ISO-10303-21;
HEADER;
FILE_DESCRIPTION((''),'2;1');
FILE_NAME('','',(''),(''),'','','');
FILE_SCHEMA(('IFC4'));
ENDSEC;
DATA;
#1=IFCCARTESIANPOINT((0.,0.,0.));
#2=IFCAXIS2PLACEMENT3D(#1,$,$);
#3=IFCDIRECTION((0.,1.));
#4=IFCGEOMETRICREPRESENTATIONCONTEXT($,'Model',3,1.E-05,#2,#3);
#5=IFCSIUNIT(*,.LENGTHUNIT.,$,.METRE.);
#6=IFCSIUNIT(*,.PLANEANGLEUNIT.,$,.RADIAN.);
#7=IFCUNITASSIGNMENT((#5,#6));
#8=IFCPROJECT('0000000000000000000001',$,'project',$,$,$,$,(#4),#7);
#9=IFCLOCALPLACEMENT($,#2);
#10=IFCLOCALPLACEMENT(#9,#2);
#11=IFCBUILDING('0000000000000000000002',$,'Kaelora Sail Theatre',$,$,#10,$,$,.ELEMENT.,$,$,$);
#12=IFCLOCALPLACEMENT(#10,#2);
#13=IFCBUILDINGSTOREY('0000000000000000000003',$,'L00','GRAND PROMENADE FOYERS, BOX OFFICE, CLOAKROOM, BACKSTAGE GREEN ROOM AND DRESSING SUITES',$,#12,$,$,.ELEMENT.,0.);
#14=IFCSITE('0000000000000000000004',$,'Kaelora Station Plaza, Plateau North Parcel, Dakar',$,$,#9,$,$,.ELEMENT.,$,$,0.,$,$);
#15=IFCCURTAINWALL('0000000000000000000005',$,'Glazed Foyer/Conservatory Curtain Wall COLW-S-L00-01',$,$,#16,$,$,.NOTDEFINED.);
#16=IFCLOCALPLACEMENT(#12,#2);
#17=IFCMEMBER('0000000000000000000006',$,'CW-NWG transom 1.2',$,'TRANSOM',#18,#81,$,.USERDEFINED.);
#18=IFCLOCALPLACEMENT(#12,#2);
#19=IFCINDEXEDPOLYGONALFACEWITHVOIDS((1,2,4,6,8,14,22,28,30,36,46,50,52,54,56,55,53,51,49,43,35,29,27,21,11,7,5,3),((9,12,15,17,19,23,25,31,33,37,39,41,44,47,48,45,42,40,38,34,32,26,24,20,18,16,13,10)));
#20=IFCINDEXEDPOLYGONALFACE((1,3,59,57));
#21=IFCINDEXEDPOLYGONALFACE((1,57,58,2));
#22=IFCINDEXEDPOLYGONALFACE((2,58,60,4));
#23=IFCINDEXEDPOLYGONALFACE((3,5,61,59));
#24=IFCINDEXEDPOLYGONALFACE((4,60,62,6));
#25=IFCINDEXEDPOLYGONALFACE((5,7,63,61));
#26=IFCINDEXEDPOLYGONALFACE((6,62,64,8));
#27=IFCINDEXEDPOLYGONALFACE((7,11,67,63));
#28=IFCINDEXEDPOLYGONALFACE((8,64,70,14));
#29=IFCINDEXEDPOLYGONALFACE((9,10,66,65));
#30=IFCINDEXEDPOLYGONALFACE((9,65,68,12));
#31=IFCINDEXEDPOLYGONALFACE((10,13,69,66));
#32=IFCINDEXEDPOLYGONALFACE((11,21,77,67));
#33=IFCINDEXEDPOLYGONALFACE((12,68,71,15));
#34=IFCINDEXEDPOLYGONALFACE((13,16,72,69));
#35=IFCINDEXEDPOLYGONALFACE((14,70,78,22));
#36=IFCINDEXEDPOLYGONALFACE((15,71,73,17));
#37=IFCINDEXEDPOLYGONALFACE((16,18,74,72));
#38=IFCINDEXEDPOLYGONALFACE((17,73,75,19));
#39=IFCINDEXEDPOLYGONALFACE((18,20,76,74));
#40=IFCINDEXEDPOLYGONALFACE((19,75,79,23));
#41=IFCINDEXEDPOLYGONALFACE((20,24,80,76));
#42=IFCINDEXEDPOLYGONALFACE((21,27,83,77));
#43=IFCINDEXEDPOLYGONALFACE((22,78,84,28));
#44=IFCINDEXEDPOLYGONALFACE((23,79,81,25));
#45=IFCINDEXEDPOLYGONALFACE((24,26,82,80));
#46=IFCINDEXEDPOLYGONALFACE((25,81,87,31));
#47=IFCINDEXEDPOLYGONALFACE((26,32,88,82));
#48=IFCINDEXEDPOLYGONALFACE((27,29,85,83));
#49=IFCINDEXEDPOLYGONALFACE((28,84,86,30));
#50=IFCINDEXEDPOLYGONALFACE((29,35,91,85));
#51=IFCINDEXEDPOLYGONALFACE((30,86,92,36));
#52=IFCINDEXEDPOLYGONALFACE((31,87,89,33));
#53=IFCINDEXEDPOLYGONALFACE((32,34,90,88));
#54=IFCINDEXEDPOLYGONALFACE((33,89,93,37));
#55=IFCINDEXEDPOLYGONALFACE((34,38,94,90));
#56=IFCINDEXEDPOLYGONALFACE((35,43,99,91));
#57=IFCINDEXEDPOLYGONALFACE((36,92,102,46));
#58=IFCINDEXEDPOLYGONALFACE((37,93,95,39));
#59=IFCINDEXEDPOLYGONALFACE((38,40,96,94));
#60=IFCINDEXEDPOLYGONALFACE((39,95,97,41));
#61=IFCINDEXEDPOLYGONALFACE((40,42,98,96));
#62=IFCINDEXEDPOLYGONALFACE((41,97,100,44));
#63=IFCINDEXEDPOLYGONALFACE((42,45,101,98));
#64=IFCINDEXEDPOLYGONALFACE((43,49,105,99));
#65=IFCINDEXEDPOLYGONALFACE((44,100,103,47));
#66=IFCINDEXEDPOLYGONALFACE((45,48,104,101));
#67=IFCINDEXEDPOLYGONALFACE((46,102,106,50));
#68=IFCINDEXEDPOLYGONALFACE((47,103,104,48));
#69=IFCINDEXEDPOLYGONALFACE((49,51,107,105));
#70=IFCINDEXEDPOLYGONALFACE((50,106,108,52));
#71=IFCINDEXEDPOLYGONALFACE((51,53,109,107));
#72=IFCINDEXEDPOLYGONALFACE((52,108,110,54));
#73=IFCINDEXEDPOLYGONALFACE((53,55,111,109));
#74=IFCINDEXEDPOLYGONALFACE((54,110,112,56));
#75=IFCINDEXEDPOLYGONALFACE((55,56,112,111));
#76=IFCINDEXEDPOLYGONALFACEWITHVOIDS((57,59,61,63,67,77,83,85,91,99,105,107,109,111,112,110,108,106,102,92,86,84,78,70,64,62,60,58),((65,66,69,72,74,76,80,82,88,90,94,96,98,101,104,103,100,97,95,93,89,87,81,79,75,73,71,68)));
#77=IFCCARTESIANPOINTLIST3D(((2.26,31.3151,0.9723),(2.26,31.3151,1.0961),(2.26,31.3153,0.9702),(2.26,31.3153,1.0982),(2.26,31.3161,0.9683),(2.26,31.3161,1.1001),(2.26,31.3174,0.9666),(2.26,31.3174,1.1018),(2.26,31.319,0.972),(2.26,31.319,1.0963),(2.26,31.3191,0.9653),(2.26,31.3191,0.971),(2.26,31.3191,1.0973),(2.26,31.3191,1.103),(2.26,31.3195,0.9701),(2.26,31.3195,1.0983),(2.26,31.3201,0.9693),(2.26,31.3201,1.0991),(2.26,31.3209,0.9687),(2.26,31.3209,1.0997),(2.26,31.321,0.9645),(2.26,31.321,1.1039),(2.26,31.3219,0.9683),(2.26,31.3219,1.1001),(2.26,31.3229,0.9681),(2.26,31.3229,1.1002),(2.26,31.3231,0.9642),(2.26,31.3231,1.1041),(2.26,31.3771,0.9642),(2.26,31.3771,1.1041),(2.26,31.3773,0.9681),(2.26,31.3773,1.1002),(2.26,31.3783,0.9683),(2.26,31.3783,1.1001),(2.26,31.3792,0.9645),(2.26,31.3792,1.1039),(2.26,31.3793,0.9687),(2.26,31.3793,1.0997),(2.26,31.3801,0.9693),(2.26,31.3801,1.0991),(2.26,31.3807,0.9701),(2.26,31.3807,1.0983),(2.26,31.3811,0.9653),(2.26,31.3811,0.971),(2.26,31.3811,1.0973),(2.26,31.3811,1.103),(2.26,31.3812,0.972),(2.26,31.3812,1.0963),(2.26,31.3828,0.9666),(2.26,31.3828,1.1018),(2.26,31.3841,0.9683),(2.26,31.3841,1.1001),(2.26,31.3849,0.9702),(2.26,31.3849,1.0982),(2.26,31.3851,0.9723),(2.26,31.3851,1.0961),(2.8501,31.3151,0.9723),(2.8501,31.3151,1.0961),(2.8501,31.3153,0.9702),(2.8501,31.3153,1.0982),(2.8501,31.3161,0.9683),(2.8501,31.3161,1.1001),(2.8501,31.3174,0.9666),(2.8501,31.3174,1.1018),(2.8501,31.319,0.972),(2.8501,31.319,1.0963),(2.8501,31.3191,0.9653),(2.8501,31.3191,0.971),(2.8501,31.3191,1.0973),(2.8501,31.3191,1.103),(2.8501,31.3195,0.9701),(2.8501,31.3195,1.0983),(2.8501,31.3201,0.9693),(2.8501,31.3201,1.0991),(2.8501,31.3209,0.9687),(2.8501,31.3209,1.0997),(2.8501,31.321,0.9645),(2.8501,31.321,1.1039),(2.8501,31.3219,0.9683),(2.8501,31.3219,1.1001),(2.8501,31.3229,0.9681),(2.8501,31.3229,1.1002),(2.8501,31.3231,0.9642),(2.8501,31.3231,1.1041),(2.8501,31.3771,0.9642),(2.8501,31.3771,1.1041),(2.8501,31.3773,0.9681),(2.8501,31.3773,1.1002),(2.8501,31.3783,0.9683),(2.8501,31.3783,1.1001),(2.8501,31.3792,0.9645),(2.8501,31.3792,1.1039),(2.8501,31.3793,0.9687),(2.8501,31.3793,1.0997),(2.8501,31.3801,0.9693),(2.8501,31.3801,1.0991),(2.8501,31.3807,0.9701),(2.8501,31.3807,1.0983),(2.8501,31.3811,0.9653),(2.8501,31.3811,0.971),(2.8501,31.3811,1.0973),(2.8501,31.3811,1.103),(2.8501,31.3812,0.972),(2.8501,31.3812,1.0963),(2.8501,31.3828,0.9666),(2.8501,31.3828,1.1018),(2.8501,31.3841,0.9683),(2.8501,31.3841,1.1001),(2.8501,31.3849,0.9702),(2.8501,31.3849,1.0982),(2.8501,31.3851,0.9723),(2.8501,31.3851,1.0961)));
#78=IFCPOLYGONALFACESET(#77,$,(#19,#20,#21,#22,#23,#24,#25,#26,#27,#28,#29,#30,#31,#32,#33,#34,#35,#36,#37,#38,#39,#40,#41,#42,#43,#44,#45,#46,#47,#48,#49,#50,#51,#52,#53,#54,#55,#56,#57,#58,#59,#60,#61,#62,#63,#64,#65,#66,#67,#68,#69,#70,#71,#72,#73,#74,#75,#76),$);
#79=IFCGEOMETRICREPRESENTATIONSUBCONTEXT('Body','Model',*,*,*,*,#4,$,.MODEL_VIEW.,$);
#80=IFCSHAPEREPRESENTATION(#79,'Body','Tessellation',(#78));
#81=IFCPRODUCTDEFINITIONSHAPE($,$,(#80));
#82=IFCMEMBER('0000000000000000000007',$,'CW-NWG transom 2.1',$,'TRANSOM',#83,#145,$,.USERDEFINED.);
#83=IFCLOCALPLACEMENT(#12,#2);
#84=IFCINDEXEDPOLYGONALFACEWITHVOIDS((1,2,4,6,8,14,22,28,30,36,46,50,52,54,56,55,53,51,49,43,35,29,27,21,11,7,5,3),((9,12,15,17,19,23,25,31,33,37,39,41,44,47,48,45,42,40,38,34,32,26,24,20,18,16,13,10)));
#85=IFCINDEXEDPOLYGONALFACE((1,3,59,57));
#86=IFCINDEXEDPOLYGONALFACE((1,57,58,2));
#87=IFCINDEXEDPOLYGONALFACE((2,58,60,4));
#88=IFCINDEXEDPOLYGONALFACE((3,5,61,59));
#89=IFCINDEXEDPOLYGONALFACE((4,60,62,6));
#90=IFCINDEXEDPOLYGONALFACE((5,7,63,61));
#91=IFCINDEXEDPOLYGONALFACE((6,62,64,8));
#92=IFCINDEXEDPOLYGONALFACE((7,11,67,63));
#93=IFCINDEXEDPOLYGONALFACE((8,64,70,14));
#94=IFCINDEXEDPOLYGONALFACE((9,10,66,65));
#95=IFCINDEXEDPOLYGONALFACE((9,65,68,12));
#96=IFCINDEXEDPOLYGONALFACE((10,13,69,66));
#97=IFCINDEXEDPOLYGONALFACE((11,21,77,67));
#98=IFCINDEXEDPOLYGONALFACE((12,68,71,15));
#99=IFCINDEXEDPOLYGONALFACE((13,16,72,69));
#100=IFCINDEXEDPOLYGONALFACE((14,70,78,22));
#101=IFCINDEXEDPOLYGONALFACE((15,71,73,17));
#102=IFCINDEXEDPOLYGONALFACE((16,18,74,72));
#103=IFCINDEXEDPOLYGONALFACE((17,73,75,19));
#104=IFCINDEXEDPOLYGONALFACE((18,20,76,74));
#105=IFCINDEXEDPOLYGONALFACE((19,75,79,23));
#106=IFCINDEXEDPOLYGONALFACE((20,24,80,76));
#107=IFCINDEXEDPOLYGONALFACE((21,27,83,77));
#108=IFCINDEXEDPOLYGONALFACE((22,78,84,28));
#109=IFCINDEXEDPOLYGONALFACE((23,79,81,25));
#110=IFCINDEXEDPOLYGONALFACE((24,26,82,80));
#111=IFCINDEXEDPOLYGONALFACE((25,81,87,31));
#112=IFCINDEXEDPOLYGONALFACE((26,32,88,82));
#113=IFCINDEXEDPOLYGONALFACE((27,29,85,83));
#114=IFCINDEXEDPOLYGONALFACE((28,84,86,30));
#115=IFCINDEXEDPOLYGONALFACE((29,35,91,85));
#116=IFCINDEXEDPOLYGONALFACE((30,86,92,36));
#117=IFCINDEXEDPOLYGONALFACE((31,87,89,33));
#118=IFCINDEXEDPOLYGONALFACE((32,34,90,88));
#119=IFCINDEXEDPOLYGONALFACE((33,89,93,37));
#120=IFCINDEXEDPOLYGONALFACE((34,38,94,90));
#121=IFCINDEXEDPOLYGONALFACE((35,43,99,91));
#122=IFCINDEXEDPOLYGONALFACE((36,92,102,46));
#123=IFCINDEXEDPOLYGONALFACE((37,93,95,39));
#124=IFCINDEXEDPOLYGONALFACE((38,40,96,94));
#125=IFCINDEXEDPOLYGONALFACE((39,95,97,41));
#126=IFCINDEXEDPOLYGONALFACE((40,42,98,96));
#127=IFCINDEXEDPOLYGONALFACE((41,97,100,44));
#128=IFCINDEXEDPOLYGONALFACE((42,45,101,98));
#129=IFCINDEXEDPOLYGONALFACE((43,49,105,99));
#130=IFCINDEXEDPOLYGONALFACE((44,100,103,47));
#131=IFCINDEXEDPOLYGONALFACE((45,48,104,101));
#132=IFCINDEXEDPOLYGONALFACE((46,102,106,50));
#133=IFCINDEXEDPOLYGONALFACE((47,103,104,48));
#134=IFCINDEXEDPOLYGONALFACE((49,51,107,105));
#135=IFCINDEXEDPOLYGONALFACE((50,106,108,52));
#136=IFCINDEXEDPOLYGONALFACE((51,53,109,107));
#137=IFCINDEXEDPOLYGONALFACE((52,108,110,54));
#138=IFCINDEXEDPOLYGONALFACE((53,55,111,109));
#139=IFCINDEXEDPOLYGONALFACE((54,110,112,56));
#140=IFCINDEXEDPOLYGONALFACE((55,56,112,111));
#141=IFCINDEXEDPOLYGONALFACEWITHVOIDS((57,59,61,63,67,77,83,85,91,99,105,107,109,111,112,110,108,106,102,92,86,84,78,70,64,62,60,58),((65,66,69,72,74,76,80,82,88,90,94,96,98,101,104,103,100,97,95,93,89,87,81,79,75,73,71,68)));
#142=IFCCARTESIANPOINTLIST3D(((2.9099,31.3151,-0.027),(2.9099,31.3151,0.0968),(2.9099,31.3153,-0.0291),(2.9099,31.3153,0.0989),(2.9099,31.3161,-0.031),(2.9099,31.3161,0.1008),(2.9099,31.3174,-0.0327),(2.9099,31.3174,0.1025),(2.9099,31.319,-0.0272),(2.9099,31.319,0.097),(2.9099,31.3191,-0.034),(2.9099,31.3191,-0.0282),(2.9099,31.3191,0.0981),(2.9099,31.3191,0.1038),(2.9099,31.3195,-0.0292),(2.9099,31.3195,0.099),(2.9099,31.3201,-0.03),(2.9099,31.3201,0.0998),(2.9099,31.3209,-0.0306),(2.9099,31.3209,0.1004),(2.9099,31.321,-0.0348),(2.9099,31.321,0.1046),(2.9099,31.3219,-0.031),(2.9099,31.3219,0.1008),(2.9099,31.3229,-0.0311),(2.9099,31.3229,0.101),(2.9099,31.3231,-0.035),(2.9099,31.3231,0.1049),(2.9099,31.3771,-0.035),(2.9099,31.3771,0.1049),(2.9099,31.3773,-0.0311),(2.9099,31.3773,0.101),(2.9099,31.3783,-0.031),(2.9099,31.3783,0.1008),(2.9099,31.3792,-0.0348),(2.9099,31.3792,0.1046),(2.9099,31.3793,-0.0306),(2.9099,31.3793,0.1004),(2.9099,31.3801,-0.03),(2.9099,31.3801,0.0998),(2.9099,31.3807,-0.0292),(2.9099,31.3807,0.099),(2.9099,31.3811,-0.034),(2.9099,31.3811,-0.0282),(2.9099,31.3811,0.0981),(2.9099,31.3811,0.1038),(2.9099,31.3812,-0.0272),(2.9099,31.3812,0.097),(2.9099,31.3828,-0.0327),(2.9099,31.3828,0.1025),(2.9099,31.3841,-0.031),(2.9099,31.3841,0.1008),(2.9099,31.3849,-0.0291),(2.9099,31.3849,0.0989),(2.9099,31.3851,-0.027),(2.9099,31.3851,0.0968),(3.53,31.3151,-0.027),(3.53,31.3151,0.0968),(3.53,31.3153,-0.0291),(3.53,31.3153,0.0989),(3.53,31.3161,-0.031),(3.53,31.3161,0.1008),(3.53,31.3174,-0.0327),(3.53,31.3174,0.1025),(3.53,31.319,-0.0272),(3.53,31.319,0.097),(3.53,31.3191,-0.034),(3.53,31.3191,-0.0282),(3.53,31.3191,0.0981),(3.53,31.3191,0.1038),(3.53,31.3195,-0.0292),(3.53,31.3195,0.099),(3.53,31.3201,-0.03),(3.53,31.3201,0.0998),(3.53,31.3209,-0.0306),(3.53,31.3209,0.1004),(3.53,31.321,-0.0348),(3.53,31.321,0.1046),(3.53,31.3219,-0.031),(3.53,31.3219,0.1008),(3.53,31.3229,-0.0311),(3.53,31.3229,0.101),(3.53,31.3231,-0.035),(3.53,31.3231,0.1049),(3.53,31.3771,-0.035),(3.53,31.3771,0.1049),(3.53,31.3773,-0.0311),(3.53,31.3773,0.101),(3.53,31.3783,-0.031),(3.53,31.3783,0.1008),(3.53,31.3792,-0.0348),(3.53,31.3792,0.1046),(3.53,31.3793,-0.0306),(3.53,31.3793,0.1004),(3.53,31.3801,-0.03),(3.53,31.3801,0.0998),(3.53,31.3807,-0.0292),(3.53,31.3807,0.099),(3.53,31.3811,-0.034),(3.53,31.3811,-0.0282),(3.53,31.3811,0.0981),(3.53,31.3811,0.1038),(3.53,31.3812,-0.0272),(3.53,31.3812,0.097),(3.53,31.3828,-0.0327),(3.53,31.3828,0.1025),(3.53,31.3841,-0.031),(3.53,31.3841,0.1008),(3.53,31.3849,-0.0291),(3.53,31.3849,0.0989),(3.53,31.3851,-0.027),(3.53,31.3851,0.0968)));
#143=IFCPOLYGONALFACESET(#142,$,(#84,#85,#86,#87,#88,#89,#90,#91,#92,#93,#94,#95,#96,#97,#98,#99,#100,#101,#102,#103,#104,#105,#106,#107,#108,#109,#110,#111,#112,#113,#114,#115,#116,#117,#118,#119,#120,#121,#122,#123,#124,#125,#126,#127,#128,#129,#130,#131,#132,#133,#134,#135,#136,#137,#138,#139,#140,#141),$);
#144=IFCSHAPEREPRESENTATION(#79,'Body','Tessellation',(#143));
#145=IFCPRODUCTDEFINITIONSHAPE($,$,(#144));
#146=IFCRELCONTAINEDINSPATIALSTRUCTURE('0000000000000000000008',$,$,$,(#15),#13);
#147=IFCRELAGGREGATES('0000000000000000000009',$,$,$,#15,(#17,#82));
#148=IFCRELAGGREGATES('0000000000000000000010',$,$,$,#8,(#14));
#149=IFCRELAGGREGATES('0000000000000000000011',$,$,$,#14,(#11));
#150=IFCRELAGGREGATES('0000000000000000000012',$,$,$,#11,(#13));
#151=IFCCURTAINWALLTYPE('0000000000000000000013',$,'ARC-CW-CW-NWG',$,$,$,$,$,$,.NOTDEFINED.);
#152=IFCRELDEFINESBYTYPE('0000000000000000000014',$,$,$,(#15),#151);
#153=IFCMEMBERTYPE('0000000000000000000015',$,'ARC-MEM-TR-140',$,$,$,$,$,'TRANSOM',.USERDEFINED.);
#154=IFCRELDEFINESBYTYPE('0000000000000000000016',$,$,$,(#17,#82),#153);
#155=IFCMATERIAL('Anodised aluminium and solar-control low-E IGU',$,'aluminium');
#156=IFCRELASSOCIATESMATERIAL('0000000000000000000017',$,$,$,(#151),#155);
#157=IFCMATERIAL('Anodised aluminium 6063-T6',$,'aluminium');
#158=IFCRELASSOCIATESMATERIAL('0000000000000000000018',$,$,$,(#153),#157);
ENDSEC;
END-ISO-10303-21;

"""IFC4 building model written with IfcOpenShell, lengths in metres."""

from ifc_helpers import new_model, si_unit, direction, frame, origin, origin_2d, place, context, subcontext, project, spatial, hollow_rectangle, extrude, material, material_profile, profile_set, type_object, element, aggregate, save


model = new_model("IFC4")

# Units and contexts
model_context = context("Model", 3, precision=1e-05, world=origin(), true_north=direction((0.0, 1.0)))
body_context = subcontext(model_context, "Body", "Model", "MODEL_VIEW")
ifc_project = project(units=[si_unit("LENGTHUNIT", "METRE"), si_unit("PLANEANGLEUNIT", "RADIAN")], contexts=[model_context])

# Site, building, storey
site_placement = place(None, origin())
site = spatial("IfcSite", under=ifc_project, at=site_placement, Name="Kaelora Station Plaza, Plateau North Parcel, Dakar", CompositionType="ELEMENT", RefElevation=0.0)
building_placement = place(site_placement, origin())
building = spatial("IfcBuilding", under=site, at=building_placement, Name="Kaelora Sail Theatre", CompositionType="ELEMENT")
storey_placement = place(building_placement, origin())
storey = spatial("IfcBuildingStorey", under=building, at=storey_placement, Name="L00", Description="GRAND PROMENADE FOYERS, BOX OFFICE, CLOAKROOM, BACKSTAGE GREEN ROOM AND DRESSING SUITES", CompositionType="ELEMENT", Elevation=0.0)

# Curtain wall, members
ifc_material_1 = material(Name="Anodised aluminium and solar-control low-E IGU", Category="aluminium")
curtain_wall_type = type_object("IfcCurtainWallType", Name="ARC-CW-CW-NWG", PredefinedType="NOTDEFINED", material=ifc_material_1)
curtain_wall_placement = place(storey_placement, origin())
curtain_wall = element("IfcCurtainWall", 1, at=curtain_wall_placement, inside=storey, type_object=curtain_wall_type, Name="Glazed Foyer/Conservatory Curtain Wall COLW-S-L00-01", PredefinedType="NOTDEFINED")
ifc_material_2 = material(Name="Anodised aluminium 6063-T6", Category="aluminium")
ifc_material_profile_1 = material_profile(ifc_material_2, hollow_rectangle(XDim=0.0701, YDim=0.1399, WallThickness=0.0039, InnerFilletRadius=0.0039, OuterFilletRadius=0.0081, at=origin_2d()), Name="ALU-TRAN 70x140x4")
ifc_profile_set_1 = profile_set([ifc_material_profile_1], Name="Anodised aluminium 6063-T6")
member_type_1 = type_object("IfcMemberType", Name="ARC-MEM-TR-140", ElementType="TRANSOM", PredefinedType="USERDEFINED", material=ifc_profile_set_1)
member_1_placement = place(storey_placement, frame((2.26, 31.3501, 1.0342), z_axis=(1.0, 0.0, 0.0), x_axis=(0.0, 1.0, 0.0)))
member_1 = element("IfcMember", 2, at=member_1_placement, type_object=member_type_1, Name="CW-NWG transom 1.2", ObjectType="TRANSOM", PredefinedType="USERDEFINED", context=body_context, shape_type="SweptSolid", body=[
    extrude(hollow_rectangle(XDim=0.0701, YDim=0.1399, WallThickness=0.0039, InnerFilletRadius=0.0039, OuterFilletRadius=0.0081, at=origin_2d()), origin(), (0.0, 0.0, 1.0), 0.5901),
])
member_2_placement = place(storey_placement, frame((2.9099, 31.3501, 0.0349), z_axis=(1.0, 0.0, 0.0), x_axis=(0.0, 1.0, 0.0)))
member_2 = element("IfcMember", 3, at=member_2_placement, type_object=member_type_1, Name="CW-NWG transom 2.1", ObjectType="TRANSOM", PredefinedType="USERDEFINED", context=body_context, shape_type="SweptSolid", body=[
    extrude(hollow_rectangle(XDim=0.0701, YDim=0.1399, WallThickness=0.0039, InnerFilletRadius=0.0039, OuterFilletRadius=0.0081, at=origin_2d()), origin(), (0.0, 0.0, 1.0), 0.6201),
])
aggregate(curtain_wall, [member_1, member_2])

save(model, "model.ifc")
